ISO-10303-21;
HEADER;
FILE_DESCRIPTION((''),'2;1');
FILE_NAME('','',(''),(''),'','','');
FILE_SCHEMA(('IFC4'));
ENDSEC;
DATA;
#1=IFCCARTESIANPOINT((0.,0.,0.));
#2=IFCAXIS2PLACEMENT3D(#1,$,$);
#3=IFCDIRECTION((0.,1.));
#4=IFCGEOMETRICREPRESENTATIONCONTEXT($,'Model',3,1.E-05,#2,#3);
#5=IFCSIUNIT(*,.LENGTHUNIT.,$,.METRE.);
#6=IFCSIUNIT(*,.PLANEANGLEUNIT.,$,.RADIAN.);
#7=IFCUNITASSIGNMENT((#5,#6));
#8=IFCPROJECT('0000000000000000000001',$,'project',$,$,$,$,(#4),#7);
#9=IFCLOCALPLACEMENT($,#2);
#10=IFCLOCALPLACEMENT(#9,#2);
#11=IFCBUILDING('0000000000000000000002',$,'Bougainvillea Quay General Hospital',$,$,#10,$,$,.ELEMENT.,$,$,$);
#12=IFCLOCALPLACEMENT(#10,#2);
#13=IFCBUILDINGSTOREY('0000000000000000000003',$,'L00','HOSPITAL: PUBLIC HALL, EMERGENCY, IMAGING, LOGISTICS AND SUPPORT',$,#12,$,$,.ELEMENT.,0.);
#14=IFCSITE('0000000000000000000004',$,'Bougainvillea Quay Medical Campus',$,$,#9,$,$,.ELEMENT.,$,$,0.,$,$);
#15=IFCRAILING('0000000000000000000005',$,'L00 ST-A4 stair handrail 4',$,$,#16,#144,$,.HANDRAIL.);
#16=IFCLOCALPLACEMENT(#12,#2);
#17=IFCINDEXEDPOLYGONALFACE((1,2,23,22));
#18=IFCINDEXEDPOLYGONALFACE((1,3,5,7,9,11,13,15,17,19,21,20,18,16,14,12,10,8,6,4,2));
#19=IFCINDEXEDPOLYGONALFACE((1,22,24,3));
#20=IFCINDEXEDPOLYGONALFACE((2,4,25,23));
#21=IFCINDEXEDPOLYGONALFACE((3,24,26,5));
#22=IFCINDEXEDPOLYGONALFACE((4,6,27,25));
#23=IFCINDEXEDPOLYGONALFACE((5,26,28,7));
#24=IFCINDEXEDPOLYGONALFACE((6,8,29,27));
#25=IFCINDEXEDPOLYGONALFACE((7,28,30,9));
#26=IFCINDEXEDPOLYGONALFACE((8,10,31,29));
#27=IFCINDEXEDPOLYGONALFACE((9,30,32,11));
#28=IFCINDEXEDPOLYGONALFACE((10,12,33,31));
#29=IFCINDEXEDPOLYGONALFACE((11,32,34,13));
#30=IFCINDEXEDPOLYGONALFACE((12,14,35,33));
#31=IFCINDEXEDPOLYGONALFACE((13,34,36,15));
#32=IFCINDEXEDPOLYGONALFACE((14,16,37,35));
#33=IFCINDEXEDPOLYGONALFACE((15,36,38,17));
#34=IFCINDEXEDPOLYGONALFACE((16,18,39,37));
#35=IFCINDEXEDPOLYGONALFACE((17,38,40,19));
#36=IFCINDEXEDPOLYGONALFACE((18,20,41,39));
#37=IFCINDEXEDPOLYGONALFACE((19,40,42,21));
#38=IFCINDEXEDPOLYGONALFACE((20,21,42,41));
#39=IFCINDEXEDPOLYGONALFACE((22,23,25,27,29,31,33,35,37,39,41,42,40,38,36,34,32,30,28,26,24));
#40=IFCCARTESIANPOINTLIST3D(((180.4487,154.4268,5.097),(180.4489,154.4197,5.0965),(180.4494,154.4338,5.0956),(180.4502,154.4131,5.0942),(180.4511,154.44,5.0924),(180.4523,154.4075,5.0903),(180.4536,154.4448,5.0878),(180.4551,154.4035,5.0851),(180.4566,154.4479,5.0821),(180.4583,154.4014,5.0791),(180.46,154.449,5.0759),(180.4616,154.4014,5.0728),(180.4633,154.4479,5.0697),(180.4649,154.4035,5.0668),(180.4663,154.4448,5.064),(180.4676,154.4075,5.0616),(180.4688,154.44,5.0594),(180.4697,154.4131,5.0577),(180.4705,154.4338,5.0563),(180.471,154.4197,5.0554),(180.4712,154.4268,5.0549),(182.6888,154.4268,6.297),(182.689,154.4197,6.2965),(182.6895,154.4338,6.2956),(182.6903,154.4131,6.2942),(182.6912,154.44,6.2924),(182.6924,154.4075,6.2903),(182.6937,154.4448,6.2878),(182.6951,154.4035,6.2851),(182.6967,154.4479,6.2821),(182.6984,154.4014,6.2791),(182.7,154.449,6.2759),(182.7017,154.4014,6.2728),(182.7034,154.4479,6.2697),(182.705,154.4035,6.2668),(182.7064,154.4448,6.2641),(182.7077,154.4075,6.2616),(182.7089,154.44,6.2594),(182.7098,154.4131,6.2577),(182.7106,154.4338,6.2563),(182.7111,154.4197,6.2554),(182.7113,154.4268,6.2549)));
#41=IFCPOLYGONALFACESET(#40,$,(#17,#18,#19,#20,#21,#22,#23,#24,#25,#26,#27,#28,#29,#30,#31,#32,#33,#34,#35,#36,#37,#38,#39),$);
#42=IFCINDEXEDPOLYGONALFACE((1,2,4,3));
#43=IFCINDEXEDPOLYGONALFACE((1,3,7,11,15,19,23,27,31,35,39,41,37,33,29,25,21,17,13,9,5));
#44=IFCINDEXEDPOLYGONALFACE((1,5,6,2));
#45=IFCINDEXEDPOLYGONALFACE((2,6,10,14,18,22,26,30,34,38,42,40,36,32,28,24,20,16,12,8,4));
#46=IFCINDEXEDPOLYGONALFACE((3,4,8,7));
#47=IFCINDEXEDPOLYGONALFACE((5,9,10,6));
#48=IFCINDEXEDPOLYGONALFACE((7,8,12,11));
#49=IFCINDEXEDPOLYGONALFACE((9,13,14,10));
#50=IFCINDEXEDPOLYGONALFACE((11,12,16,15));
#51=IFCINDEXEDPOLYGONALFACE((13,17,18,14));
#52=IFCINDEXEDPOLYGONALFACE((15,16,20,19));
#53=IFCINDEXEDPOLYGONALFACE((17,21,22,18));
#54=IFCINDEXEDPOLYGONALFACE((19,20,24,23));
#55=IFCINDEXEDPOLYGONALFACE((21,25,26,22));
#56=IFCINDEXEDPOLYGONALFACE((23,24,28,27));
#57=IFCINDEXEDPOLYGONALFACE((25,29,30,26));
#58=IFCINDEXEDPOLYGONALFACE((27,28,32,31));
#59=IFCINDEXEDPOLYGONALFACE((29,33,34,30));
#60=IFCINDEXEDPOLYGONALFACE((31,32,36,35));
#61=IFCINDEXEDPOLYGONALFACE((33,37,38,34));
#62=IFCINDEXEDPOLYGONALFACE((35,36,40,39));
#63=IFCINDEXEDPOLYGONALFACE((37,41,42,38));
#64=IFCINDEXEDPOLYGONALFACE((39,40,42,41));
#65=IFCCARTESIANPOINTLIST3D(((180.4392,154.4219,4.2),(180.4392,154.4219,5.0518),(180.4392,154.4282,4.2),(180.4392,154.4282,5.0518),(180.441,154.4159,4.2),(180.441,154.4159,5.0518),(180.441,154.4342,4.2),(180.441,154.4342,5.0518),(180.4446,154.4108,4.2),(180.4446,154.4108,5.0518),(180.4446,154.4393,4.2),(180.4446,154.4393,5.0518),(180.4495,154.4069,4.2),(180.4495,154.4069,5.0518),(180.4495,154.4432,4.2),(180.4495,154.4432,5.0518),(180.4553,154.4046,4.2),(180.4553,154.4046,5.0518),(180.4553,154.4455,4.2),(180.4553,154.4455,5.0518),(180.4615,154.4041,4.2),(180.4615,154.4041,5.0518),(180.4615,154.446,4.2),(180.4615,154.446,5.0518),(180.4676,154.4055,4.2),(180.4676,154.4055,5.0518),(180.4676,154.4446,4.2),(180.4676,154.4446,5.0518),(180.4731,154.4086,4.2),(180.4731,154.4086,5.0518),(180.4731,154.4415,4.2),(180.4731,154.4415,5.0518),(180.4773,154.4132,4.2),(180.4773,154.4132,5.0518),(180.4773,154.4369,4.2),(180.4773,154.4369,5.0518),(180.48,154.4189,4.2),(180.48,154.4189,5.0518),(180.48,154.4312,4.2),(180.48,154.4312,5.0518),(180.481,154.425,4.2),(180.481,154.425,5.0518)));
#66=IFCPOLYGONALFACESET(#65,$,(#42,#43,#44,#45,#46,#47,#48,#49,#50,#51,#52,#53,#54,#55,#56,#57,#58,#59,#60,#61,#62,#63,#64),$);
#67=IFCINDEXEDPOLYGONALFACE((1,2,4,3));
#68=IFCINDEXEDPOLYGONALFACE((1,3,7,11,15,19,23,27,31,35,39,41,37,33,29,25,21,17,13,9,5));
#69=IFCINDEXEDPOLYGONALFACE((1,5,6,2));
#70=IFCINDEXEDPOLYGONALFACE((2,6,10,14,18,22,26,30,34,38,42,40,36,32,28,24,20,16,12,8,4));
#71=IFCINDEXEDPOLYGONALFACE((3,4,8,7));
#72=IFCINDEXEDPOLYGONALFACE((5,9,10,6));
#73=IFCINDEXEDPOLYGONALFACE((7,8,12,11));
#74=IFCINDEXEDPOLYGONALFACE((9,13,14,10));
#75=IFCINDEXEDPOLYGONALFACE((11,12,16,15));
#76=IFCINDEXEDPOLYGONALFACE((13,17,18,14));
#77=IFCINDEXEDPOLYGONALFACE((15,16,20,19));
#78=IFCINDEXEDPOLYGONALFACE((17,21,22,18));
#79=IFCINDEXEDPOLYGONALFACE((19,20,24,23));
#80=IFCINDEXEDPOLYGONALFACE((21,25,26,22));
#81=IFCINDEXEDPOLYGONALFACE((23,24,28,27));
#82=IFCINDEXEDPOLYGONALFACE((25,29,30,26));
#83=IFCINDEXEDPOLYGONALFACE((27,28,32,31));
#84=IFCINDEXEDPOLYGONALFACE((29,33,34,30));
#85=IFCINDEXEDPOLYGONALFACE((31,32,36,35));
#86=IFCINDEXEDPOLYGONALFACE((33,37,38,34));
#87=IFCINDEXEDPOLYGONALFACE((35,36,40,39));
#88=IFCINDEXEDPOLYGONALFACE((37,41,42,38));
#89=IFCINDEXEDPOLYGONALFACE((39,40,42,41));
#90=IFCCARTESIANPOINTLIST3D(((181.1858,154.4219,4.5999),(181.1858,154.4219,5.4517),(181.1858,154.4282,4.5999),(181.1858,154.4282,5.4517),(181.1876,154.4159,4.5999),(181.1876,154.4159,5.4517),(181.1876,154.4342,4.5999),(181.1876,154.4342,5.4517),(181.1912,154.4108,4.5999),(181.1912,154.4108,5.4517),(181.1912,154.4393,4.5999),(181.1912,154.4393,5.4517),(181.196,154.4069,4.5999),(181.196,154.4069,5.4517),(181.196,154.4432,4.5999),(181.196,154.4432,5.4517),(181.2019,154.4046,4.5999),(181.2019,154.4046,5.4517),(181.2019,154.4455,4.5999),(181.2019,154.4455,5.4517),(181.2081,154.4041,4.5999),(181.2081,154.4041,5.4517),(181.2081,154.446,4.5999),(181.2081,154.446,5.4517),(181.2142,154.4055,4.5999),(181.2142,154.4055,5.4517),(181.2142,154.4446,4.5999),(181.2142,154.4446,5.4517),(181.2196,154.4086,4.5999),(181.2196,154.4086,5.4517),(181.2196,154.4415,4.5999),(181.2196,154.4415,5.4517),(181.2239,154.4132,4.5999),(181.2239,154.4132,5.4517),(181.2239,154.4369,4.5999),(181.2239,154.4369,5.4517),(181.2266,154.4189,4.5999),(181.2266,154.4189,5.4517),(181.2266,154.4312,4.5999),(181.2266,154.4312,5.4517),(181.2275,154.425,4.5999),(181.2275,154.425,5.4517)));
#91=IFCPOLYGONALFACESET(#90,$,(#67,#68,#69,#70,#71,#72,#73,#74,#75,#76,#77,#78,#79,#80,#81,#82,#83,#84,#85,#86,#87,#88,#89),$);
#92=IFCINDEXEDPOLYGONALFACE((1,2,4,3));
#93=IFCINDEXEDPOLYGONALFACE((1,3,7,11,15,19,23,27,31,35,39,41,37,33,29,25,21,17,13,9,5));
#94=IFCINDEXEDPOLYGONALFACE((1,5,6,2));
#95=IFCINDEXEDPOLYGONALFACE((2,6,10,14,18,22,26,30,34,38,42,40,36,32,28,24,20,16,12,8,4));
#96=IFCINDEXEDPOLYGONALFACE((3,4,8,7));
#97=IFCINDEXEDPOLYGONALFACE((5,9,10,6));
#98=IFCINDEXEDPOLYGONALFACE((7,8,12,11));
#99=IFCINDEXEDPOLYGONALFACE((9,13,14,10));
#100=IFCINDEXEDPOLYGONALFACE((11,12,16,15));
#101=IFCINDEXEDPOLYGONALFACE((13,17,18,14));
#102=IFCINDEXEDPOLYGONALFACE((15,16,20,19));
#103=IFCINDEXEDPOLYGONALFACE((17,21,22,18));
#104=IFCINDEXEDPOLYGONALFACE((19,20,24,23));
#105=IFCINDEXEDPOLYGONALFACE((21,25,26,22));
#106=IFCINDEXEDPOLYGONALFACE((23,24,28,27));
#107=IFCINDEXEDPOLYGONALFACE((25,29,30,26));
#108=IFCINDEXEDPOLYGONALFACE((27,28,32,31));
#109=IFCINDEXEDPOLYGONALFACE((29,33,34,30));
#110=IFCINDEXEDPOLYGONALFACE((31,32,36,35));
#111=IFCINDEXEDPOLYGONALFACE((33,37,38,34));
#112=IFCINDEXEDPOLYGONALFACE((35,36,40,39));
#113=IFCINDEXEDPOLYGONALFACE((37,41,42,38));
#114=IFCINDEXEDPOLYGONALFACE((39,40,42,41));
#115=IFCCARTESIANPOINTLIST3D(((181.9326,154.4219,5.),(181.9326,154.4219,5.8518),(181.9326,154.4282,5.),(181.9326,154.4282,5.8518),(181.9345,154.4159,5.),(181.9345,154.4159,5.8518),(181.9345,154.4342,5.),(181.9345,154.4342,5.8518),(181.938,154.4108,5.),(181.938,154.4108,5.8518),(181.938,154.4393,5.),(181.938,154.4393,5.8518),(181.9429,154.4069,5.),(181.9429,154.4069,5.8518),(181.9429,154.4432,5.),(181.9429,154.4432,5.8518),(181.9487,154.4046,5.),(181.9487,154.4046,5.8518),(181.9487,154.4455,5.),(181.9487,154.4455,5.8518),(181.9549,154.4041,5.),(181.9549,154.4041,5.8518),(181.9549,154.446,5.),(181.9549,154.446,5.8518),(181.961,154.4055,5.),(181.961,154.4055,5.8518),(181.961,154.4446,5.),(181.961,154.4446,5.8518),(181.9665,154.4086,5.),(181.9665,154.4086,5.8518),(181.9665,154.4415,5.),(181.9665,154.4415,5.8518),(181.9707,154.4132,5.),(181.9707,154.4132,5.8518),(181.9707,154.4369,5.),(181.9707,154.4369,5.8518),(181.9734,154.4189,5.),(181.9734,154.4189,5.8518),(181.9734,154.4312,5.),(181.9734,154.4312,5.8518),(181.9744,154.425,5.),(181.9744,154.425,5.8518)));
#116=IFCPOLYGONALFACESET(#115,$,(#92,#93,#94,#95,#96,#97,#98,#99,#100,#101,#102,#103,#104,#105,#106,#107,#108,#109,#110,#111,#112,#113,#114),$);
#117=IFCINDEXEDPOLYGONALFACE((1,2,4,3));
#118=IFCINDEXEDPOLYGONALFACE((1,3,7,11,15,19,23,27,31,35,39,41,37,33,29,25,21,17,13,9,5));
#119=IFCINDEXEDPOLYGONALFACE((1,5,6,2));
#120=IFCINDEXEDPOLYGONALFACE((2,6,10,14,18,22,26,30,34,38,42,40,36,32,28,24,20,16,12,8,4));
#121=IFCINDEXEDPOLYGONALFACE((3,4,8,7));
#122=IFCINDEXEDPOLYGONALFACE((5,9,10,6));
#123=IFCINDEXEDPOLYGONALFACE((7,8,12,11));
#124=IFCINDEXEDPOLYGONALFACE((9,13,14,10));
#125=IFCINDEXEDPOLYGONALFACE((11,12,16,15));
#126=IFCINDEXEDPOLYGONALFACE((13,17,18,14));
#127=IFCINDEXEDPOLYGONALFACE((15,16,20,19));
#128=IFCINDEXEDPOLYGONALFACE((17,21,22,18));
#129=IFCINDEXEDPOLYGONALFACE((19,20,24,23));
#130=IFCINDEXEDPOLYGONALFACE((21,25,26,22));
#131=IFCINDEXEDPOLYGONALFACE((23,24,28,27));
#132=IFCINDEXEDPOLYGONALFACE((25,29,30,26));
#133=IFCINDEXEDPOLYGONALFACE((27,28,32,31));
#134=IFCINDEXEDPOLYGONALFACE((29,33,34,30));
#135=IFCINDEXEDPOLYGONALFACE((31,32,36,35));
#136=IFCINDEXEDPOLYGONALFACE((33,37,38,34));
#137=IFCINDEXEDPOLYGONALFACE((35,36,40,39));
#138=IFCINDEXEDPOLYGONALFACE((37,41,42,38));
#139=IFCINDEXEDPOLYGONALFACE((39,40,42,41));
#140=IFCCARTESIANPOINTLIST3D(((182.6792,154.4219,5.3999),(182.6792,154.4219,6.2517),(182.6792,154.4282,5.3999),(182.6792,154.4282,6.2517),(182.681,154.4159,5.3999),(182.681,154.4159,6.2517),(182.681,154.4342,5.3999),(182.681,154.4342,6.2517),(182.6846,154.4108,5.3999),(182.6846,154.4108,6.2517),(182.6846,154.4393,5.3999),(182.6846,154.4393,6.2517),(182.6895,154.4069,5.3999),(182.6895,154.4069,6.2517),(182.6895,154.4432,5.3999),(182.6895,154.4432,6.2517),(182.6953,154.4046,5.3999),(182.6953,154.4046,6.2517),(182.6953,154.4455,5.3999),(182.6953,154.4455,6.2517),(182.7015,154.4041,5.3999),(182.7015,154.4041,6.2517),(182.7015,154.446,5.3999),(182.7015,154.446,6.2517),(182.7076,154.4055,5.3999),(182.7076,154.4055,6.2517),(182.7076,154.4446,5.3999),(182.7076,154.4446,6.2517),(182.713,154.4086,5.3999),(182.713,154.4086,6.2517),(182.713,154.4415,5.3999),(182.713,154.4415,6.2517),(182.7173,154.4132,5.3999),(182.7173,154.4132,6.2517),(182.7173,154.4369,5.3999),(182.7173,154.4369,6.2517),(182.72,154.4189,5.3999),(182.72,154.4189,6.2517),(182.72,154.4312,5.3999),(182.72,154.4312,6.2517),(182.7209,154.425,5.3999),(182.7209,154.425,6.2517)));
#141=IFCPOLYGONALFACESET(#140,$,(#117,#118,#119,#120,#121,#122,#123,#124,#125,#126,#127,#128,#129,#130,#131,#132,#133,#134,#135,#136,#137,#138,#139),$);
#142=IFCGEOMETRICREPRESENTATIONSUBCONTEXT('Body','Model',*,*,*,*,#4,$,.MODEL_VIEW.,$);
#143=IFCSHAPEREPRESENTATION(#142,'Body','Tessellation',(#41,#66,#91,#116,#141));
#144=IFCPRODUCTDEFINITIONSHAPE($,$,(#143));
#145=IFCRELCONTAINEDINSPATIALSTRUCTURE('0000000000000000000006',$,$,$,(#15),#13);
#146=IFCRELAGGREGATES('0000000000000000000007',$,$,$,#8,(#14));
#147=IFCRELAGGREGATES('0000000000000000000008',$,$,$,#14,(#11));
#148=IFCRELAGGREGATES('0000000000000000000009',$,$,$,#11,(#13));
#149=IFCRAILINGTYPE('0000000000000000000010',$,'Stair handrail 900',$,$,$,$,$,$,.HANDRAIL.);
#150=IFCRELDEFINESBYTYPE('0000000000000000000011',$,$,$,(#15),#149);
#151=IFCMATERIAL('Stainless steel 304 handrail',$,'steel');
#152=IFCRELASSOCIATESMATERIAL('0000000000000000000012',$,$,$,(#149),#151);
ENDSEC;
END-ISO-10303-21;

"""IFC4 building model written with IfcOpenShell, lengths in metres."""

from ifc_helpers import new_model, si_unit, direction, frame, origin, origin_2d, place, context, subcontext, project, spatial, circle, extrude, material, type_object, element, save


model = new_model("IFC4")

# Units and contexts
model_context = context("Model", 3, precision=1e-05, world=origin(), true_north=direction((0.0, 1.0)))
body_context = subcontext(model_context, "Body", "Model", "MODEL_VIEW")
ifc_project = project(units=[si_unit("LENGTHUNIT", "METRE"), si_unit("PLANEANGLEUNIT", "RADIAN")], contexts=[model_context])

# Site, building, storey
site_placement = place(None, origin())
site = spatial("IfcSite", under=ifc_project, at=site_placement, Name="Bougainvillea Quay Medical Campus", CompositionType="ELEMENT", RefElevation=0.0)
building_placement = place(site_placement, origin())
building = spatial("IfcBuilding", under=site, at=building_placement, Name="Bougainvillea Quay General Hospital", CompositionType="ELEMENT")
storey_placement = place(building_placement, origin())
storey = spatial("IfcBuildingStorey", under=building, at=storey_placement, Name="L00", Description="HOSPITAL: PUBLIC HALL, EMERGENCY, IMAGING, LOGISTICS AND SUPPORT", CompositionType="ELEMENT", Elevation=0.0)

# Railing
ifc_material_1 = material(Name="Stainless steel 304 handrail", Category="steel")
railing_type_1 = type_object("IfcRailingType", Name="Stair handrail 900", PredefinedType="HANDRAIL", material=ifc_material_1)
for number, where, name in (
    (1, (180.46, 154.425, 4.2), "L00 ST-A4 stair handrail 4"),
):
    element("IfcRailing", number, at=place(storey_placement, frame(where)), inside=storey, type_object=railing_type_1, Name=name, PredefinedType="HANDRAIL", context=body_context, shape_type="SweptSolid", body=[
        extrude(circle(Radius=0.0239, at=origin_2d()), frame((0.0, 0.0, 0.876), z_axis=(0.881487, 0.0, 0.472208), x_axis=(0.0, 1.0, 0.0)), (0.0, 0.0, 1.0), 2.5413),
        extrude(circle(Radius=0.021, at=origin_2d()), origin(), (0.0, 0.0, 1.0), 0.8518),
        extrude(circle(Radius=0.021, at=origin_2d()), frame((0.7466, 0.0, 0.3999)), (0.0, 0.0, 1.0), 0.8518),
        extrude(circle(Radius=0.021, at=origin_2d()), frame((1.4934, 0.0, 0.8)), (0.0, 0.0, 1.0), 0.8518),
        extrude(circle(Radius=0.021, at=origin_2d()), frame((2.24, 0.0, 1.2)), (0.0, 0.0, 1.0), 0.8518),
    ])

save(model, "model.ifc")
